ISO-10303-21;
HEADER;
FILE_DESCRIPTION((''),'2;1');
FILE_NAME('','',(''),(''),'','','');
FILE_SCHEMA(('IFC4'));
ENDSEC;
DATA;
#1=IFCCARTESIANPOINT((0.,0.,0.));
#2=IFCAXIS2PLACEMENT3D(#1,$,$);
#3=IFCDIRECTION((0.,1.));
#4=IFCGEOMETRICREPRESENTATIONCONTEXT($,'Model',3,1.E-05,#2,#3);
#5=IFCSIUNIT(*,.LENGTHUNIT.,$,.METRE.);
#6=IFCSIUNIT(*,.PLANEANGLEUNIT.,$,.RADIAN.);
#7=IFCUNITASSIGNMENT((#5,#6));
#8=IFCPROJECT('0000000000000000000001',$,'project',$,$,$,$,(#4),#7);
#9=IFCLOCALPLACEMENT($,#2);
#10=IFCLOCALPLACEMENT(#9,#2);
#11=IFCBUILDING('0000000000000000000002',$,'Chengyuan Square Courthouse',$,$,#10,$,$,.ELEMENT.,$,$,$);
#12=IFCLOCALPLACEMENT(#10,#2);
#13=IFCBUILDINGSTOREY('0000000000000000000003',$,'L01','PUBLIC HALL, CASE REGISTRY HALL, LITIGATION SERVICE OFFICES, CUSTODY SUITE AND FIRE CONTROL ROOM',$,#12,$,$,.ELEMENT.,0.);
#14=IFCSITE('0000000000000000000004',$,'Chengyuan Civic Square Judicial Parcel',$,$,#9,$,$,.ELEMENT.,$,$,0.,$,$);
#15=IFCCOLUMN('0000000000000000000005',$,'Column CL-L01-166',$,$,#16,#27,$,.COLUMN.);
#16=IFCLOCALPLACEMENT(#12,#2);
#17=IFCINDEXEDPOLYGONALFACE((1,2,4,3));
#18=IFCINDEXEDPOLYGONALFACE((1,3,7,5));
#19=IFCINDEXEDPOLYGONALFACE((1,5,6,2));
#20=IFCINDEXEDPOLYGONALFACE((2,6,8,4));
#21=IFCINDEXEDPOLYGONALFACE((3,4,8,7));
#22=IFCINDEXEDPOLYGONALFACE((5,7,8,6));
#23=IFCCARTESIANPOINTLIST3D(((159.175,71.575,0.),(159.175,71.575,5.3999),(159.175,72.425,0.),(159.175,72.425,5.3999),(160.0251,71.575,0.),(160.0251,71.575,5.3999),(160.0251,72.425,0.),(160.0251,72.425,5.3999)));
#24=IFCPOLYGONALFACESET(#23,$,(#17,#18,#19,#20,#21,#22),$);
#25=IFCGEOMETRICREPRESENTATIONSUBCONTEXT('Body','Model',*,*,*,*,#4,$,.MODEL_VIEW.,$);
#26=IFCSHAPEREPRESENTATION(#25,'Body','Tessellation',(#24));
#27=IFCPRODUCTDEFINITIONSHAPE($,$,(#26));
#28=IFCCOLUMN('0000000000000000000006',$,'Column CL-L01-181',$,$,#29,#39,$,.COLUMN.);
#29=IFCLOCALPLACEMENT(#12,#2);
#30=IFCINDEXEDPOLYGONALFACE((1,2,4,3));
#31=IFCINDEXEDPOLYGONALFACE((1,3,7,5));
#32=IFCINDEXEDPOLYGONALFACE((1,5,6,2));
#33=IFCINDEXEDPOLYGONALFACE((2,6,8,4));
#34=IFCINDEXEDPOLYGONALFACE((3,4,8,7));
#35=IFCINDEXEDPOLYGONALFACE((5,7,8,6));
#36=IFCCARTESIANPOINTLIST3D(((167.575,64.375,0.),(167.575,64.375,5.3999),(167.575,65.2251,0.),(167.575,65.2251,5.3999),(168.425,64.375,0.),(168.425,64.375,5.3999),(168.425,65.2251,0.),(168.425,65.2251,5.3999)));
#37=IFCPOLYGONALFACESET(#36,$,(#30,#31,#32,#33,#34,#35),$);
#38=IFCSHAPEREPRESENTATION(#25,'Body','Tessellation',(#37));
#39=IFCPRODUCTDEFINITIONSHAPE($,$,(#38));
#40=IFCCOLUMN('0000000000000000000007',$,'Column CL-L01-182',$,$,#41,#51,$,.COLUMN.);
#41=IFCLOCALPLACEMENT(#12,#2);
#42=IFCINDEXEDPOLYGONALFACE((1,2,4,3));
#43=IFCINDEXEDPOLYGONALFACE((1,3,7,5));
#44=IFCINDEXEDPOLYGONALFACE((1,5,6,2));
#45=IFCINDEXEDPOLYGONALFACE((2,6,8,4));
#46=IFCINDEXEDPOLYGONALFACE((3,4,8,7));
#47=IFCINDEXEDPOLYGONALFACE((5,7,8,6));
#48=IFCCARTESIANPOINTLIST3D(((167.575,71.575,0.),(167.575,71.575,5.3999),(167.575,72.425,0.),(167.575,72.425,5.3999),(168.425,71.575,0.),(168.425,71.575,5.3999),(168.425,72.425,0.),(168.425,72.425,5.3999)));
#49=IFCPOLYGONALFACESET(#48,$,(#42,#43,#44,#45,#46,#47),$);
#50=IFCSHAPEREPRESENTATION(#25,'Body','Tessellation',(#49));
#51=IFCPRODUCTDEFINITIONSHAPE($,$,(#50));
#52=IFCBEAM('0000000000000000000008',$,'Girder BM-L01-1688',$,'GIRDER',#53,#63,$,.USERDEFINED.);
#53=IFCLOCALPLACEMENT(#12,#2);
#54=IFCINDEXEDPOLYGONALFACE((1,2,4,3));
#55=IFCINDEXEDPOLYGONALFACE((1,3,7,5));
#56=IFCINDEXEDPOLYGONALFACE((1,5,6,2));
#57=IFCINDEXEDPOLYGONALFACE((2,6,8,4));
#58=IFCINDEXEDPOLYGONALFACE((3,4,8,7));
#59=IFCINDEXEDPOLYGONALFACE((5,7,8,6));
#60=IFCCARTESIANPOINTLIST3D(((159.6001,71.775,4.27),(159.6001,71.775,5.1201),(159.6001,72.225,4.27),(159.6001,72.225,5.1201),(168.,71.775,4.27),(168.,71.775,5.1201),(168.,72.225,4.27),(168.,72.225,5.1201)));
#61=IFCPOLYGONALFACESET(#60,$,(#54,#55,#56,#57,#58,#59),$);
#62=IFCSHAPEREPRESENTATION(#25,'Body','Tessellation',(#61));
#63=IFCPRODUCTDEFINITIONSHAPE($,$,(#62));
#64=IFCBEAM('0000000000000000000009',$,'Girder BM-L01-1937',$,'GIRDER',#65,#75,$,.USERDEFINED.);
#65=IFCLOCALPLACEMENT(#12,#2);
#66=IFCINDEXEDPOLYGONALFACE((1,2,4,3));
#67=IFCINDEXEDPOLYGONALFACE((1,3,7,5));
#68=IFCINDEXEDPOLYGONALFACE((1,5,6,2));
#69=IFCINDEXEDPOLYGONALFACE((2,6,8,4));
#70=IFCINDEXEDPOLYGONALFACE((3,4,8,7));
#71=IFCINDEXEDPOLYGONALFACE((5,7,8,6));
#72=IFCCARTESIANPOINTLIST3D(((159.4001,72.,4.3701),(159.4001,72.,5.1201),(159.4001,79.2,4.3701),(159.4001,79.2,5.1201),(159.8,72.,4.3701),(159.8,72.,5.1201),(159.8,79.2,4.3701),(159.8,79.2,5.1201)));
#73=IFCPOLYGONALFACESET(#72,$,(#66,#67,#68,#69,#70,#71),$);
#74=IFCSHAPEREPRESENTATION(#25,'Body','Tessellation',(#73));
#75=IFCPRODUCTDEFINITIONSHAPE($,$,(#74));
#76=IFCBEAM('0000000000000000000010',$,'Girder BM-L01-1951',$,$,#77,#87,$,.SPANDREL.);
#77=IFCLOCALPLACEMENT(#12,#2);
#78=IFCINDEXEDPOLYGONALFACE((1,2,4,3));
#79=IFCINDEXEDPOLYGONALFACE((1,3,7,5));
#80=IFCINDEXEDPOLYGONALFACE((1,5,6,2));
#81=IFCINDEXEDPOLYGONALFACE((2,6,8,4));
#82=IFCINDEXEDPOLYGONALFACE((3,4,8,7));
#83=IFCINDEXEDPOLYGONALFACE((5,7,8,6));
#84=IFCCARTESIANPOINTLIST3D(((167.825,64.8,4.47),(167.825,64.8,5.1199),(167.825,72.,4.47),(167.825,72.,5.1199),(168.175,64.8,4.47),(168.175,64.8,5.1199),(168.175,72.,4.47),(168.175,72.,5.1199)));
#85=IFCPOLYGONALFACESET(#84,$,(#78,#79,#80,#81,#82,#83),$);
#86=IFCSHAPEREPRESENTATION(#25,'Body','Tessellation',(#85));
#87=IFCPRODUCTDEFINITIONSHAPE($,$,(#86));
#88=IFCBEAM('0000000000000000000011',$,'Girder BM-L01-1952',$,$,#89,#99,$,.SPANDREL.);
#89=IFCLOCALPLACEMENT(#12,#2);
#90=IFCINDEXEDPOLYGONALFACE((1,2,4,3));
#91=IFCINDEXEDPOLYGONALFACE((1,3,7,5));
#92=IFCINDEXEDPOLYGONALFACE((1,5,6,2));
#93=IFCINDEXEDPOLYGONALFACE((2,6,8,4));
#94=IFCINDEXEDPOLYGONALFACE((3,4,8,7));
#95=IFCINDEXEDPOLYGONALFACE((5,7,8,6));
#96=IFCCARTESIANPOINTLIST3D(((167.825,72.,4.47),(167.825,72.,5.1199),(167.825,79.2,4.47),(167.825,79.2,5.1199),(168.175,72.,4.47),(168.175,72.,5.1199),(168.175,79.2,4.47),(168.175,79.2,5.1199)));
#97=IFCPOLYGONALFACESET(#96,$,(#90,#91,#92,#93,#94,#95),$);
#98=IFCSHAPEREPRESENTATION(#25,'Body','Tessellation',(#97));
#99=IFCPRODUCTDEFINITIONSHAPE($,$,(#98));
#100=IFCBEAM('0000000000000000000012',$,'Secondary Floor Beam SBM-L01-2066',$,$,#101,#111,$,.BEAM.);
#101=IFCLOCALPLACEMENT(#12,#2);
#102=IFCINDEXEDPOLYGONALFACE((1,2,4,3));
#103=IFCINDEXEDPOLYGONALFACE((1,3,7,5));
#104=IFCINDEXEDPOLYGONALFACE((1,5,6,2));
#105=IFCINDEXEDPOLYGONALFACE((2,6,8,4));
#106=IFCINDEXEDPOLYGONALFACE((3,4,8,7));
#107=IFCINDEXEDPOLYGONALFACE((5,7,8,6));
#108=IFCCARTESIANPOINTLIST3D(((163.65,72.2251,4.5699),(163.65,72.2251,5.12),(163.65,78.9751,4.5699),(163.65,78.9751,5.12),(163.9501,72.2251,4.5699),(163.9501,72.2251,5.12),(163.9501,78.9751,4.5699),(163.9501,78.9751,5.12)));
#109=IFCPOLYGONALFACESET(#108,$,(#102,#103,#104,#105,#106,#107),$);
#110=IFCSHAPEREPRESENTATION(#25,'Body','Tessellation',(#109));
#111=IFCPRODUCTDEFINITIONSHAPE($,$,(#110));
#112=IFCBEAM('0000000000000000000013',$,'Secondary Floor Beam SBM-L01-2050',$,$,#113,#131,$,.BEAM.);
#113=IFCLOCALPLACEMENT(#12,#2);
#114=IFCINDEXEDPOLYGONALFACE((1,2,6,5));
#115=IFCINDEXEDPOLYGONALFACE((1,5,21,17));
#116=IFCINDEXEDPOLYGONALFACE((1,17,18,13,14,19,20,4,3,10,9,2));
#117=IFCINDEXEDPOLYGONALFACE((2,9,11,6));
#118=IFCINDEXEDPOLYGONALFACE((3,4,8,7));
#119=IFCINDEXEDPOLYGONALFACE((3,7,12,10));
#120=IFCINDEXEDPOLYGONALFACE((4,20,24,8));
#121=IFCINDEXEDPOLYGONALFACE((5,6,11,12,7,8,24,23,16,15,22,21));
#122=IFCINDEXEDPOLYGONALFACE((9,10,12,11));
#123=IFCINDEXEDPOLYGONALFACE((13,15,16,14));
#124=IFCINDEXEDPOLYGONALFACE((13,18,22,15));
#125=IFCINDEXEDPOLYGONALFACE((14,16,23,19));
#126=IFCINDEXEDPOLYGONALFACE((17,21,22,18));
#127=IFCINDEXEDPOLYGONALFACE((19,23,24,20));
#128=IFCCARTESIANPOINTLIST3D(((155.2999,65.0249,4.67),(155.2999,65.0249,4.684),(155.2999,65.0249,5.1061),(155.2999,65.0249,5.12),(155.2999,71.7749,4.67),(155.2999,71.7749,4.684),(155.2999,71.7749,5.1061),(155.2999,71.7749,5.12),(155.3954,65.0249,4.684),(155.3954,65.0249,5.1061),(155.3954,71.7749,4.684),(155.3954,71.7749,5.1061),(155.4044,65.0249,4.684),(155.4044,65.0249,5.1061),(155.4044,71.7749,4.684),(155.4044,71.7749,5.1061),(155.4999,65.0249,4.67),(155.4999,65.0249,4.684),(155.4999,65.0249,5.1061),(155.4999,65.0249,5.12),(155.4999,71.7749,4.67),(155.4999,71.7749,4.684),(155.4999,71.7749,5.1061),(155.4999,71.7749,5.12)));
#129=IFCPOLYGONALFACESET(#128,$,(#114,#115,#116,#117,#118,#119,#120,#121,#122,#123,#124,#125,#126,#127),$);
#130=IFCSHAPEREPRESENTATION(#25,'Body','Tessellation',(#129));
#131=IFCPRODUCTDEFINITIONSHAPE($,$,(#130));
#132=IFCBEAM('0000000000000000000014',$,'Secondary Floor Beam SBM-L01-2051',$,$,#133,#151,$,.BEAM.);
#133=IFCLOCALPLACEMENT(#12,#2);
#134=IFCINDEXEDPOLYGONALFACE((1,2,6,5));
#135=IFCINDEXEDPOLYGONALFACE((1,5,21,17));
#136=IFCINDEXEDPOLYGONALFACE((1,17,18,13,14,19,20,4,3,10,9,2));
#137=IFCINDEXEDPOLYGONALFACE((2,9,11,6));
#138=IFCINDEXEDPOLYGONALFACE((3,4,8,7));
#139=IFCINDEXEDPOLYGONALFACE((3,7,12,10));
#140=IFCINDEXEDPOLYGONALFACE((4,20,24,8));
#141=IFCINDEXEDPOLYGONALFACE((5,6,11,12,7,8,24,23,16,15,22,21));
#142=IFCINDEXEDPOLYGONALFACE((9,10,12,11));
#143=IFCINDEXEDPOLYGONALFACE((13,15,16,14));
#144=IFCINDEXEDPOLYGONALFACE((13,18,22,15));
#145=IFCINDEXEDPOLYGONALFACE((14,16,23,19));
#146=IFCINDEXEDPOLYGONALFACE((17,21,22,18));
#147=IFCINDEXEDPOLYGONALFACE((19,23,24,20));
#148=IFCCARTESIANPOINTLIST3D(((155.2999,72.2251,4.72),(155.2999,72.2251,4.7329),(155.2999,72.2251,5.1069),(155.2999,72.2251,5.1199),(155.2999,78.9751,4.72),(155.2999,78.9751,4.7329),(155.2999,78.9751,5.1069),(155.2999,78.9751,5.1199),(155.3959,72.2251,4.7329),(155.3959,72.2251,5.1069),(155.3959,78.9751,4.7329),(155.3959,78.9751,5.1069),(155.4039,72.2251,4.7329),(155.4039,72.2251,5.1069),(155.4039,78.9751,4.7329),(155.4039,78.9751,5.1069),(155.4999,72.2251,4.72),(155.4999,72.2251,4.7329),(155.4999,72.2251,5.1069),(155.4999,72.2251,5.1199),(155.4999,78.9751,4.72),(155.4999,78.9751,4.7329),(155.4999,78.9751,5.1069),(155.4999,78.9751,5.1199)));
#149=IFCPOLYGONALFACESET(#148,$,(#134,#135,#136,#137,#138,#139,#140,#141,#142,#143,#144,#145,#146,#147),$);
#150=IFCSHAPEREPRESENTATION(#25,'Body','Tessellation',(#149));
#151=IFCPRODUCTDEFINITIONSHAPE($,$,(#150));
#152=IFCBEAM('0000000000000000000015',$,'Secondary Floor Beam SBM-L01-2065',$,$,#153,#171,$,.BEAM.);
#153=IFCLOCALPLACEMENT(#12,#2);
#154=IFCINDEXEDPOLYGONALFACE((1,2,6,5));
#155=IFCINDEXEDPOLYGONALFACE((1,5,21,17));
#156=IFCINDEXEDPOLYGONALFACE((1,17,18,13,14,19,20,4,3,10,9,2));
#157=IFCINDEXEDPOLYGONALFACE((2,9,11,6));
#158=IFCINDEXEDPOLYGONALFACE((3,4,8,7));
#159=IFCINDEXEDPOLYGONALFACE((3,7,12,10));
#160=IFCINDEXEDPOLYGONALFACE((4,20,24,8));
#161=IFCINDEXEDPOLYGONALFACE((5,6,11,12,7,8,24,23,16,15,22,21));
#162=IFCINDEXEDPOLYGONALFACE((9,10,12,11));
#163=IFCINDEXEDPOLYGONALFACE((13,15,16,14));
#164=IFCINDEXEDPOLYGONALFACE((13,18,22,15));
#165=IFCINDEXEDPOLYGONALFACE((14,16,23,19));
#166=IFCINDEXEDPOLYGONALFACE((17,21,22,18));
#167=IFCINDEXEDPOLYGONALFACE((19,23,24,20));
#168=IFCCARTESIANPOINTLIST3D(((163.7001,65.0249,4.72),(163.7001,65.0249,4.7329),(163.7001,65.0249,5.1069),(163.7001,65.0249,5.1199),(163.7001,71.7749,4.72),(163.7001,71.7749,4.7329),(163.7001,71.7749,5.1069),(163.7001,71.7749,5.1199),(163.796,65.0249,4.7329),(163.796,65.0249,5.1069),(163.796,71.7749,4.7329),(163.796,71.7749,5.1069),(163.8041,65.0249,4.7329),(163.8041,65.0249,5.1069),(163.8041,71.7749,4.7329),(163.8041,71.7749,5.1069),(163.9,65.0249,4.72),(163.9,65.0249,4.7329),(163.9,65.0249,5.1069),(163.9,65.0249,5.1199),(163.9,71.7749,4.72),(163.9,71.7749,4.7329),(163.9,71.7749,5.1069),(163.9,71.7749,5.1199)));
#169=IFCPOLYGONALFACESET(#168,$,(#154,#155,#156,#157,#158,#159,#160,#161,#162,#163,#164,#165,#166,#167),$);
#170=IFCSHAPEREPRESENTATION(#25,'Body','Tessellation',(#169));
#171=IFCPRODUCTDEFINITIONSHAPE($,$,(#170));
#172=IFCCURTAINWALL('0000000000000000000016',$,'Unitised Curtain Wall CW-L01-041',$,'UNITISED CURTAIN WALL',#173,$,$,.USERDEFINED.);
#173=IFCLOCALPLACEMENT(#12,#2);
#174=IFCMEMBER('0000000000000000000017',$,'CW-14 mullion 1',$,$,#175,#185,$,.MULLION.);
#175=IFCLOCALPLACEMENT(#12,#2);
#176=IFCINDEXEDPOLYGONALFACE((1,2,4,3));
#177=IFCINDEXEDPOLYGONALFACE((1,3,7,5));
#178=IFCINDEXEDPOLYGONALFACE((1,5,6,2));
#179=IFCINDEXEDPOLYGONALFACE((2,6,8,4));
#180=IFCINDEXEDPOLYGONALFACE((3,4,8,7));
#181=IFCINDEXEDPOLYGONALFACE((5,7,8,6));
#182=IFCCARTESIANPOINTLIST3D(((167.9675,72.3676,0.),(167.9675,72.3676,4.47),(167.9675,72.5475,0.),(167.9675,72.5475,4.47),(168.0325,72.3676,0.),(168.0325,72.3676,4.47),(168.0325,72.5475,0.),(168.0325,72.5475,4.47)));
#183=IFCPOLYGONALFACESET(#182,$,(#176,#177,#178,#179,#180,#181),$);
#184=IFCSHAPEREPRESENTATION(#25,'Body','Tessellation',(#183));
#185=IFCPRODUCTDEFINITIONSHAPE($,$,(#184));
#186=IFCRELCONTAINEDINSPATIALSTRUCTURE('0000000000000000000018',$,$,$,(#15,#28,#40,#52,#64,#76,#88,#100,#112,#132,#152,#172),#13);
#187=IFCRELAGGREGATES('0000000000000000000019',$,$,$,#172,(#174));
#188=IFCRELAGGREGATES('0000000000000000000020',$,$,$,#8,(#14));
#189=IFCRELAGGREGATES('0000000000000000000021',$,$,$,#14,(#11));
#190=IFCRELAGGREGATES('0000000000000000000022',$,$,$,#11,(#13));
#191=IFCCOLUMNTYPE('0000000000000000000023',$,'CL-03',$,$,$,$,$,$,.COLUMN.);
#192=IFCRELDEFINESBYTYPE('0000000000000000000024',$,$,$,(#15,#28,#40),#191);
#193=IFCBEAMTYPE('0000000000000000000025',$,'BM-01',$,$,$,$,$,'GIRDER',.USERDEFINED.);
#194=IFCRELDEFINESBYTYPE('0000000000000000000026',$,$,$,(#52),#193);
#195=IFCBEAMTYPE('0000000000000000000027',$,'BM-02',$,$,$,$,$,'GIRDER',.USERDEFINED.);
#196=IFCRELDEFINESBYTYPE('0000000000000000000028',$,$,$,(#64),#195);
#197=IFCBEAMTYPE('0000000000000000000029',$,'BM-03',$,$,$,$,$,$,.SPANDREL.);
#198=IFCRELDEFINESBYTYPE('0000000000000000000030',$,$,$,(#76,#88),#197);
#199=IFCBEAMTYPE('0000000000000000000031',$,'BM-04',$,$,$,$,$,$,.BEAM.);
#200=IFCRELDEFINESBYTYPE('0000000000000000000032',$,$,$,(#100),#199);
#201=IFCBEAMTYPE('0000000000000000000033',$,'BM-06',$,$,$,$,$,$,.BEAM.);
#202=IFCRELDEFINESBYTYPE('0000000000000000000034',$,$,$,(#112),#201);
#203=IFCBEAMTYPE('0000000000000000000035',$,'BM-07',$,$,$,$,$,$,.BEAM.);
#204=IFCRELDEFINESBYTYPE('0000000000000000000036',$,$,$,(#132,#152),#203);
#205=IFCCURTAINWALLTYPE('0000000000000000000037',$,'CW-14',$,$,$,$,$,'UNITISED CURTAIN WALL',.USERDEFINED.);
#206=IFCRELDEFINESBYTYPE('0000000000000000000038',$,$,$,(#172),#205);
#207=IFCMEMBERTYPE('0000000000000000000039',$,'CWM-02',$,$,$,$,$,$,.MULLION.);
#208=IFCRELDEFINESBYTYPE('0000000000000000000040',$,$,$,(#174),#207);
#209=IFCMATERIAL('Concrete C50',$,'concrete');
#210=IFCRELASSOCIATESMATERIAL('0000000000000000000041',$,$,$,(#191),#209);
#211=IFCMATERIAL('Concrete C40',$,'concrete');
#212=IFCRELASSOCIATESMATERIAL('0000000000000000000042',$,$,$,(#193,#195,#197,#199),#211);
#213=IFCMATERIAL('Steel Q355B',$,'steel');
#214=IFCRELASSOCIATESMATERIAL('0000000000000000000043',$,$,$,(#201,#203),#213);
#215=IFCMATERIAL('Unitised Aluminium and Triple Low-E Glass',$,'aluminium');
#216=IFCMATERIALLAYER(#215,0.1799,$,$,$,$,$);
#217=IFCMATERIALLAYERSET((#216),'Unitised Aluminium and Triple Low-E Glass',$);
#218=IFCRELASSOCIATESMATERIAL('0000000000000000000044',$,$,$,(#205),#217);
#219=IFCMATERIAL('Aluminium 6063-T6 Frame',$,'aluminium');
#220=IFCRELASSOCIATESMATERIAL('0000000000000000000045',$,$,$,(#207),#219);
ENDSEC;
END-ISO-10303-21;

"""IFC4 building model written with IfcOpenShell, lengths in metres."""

from ifc_helpers import new_model, si_unit, direction, frame, origin, origin_2d, place, context, subcontext, project, spatial, rectangle, i_section, extrude, material, layer, layer_set, material_profile, profile_set, type_object, element, aggregate, save


model = new_model("IFC4")

# Units and contexts
model_context = context("Model", 3, precision=1e-05, world=origin(), true_north=direction((0.0, 1.0)))
body_context = subcontext(model_context, "Body", "Model", "MODEL_VIEW")
ifc_project = project(units=[si_unit("LENGTHUNIT", "METRE"), si_unit("PLANEANGLEUNIT", "RADIAN")], contexts=[model_context])

# Site, building, storey
site_placement = place(None, origin())
site = spatial("IfcSite", under=ifc_project, at=site_placement, Name="Chengyuan Civic Square Judicial Parcel", CompositionType="ELEMENT", RefElevation=0.0)
building_placement = place(site_placement, origin())
building = spatial("IfcBuilding", under=site, at=building_placement, Name="Chengyuan Square Courthouse", CompositionType="ELEMENT")
storey_placement = place(building_placement, origin())
storey = spatial("IfcBuildingStorey", under=building, at=storey_placement, Name="L01", Description="PUBLIC HALL, CASE REGISTRY HALL, LITIGATION SERVICE OFFICES, CUSTODY SUITE AND FIRE CONTROL ROOM", CompositionType="ELEMENT", Elevation=0.0)

# Columns
ifc_material_1 = material(Name="Concrete C50", Category="concrete")
ifc_material_profile_1 = material_profile(ifc_material_1, rectangle(XDim=0.8501, YDim=0.8501, at=origin_2d()), Name="RC-COL-850x850")
ifc_profile_set_1 = profile_set([ifc_material_profile_1], Name="Concrete C50")
column_type = type_object("IfcColumnType", Name="CL-03", PredefinedType="COLUMN", material=ifc_profile_set_1)
for number, where, z_axis, x_axis, name in (
    (1, (159.6001, 72.0, 0.0), (0.0, 0.0, 1.0), (1.0, 0.0, 0.0), "Column CL-L01-166"),
    (2, (168.0, 64.8, 0.0), (0.0, 0.0, 1.0), (1.0, 0.0, 0.0), "Column CL-L01-181"),
    (3, (168.0, 72.0, 0.0), (0.0, 0.0, 1.0), (1.0, 0.0, 0.0), "Column CL-L01-182"),
):
    element("IfcColumn", number, at=place(storey_placement, frame(where, z_axis=z_axis, x_axis=x_axis)), inside=storey, type_object=column_type, Name=name, PredefinedType="COLUMN", context=body_context, shape_type="SweptSolid", body=[
        extrude(rectangle(XDim=0.8501, YDim=0.8501, at=origin_2d()), origin(), (0.0, 0.0, 1.0), 5.3999),
    ])

# Beams
ifc_material_2 = material(Name="Concrete C40", Category="concrete")
ifc_material_profile_2 = material_profile(ifc_material_2, rectangle(XDim=0.45, YDim=0.8501, at=origin_2d()), Name="RC-BM-450x850")
ifc_profile_set_2 = profile_set([ifc_material_profile_2], Name="Concrete C40")
beam_type_1 = type_object("IfcBeamType", Name="BM-01", ElementType="GIRDER", PredefinedType="USERDEFINED", material=ifc_profile_set_2)
beam_1_placement = place(storey_placement, frame((159.6001, 72.0, 4.6951), z_axis=(1.0, 0.0, 0.0), x_axis=(0.0, 1.0, 0.0)))
element("IfcBeam", 4, at=beam_1_placement, inside=storey, type_object=beam_type_1, Name="Girder BM-L01-1688", ObjectType="GIRDER", PredefinedType="USERDEFINED", context=body_context, shape_type="SweptSolid", body=[
    extrude(rectangle(XDim=0.45, YDim=0.8501, at=origin_2d()), origin(), (0.0, 0.0, 1.0), 8.3999),
])
ifc_material_profile_3 = material_profile(ifc_material_2, rectangle(XDim=0.3999, YDim=0.75, at=origin_2d()), Name="RC-BM-400x750")
ifc_profile_set_3 = profile_set([ifc_material_profile_3], Name="Concrete C40")
beam_type_2 = type_object("IfcBeamType", Name="BM-02", ElementType="GIRDER", PredefinedType="USERDEFINED", material=ifc_profile_set_3)
beam_2_placement = place(storey_placement, frame((159.6001, 72.0, 4.7451), z_axis=(0.0, 1.0, 0.0), x_axis=(-1.0, 0.0, 0.0)))
element("IfcBeam", 5, at=beam_2_placement, inside=storey, type_object=beam_type_2, Name="Girder BM-L01-1937", ObjectType="GIRDER", PredefinedType="USERDEFINED", context=body_context, shape_type="SweptSolid", body=[
    extrude(rectangle(XDim=0.3999, YDim=0.75, at=origin_2d()), origin(), (0.0, 0.0, 1.0), 7.2),
])
ifc_material_profile_4 = material_profile(ifc_material_2, rectangle(XDim=0.3501, YDim=0.6499, at=origin_2d()), Name="RC-BM-350x650")
ifc_profile_set_4 = profile_set([ifc_material_profile_4], Name="Concrete C40")
beam_type_3 = type_object("IfcBeamType", Name="BM-03", PredefinedType="SPANDREL", material=ifc_profile_set_4)
for number, where, z_axis, x_axis, name in (
    (6, (168.0, 64.8, 4.7949), (0.0, 1.0, 0.0), (-1.0, 0.0, 0.0), "Girder BM-L01-1951"),
    (7, (168.0, 72.0, 4.7949), (0.0, 1.0, 0.0), (-1.0, 0.0, 0.0), "Girder BM-L01-1952"),
):
    element("IfcBeam", number, at=place(storey_placement, frame(where, z_axis=z_axis, x_axis=x_axis)), inside=storey, type_object=beam_type_3, Name=name, PredefinedType="SPANDREL", context=body_context, shape_type="SweptSolid", body=[
        extrude(rectangle(XDim=0.3501, YDim=0.6499, at=origin_2d()), origin(), (0.0, 0.0, 1.0), 7.2),
    ])
ifc_material_profile_5 = material_profile(ifc_material_2, rectangle(XDim=0.3, YDim=0.55, at=origin_2d()), Name="RC-BM-300x550")
ifc_profile_set_5 = profile_set([ifc_material_profile_5], Name="Concrete C40")
beam_type_4 = type_object("IfcBeamType", Name="BM-04", PredefinedType="BEAM", material=ifc_profile_set_5)
beam_3_placement = place(storey_placement, frame((163.8, 72.2251, 4.845), z_axis=(0.0, 1.0, 0.0), x_axis=(-1.0, 0.0, 0.0)))
element("IfcBeam", 8, at=beam_3_placement, inside=storey, type_object=beam_type_4, Name="Secondary Floor Beam SBM-L01-2066", PredefinedType="BEAM", context=body_context, shape_type="SweptSolid", body=[
    extrude(rectangle(XDim=0.3, YDim=0.55, at=origin_2d()), origin(), (0.0, 0.0, 1.0), 6.75),
])
ifc_material_3 = material(Name="Steel Q355B", Category="steel")
ifc_material_profile_6 = material_profile(ifc_material_3, i_section(OverallWidth=0.2, OverallDepth=0.45, WebThickness=0.009, FlangeThickness=0.0139, at=origin_2d()), Name="HN 450x200x9x14")
ifc_profile_set_6 = profile_set([ifc_material_profile_6], Name="Steel Q355B")
beam_type_5 = type_object("IfcBeamType", Name="BM-06", PredefinedType="BEAM", material=ifc_profile_set_6)
beam_4_placement = place(storey_placement, frame((155.3999, 65.0249, 4.895), z_axis=(0.0, 1.0, 0.0), x_axis=(-1.0, 0.0, 0.0)))
element("IfcBeam", 9, at=beam_4_placement, inside=storey, type_object=beam_type_5, Name="Secondary Floor Beam SBM-L01-2050", PredefinedType="BEAM", context=body_context, shape_type="SweptSolid", body=[
    extrude(i_section(OverallWidth=0.2, OverallDepth=0.45, WebThickness=0.009, FlangeThickness=0.0139, at=origin_2d()), origin(), (0.0, 0.0, 1.0), 6.75),
])
ifc_material_profile_7 = material_profile(ifc_material_3, i_section(OverallWidth=0.2, OverallDepth=0.3999, WebThickness=0.0081, FlangeThickness=0.0129, at=origin_2d()), Name="HN 400x200x8x13")
ifc_profile_set_7 = profile_set([ifc_material_profile_7], Name="Steel Q355B")
beam_type_6 = type_object("IfcBeamType", Name="BM-07", PredefinedType="BEAM", material=ifc_profile_set_7)
for number, where, z_axis, x_axis, name in (
    (10, (155.3999, 72.2251, 4.9199), (0.0, 1.0, 0.0), (-1.0, 0.0, 0.0), "Secondary Floor Beam SBM-L01-2051"),
    (11, (163.8, 65.0249, 4.9199), (0.0, 1.0, 0.0), (-1.0, 0.0, 0.0), "Secondary Floor Beam SBM-L01-2065"),
):
    element("IfcBeam", number, at=place(storey_placement, frame(where, z_axis=z_axis, x_axis=x_axis)), inside=storey, type_object=beam_type_6, Name=name, PredefinedType="BEAM", context=body_context, shape_type="SweptSolid", body=[
        extrude(i_section(OverallWidth=0.2, OverallDepth=0.3999, WebThickness=0.0081, FlangeThickness=0.0129, at=origin_2d()), origin(), (0.0, 0.0, 1.0), 6.75),
    ])

# Curtain wall, member
ifc_material_4 = material(Name="Unitised Aluminium and Triple Low-E Glass", Category="aluminium")
ifc_layer_1 = layer(ifc_material_4, 0.1799)
ifc_layer_set_1 = layer_set([ifc_layer_1], Name="Unitised Aluminium and Triple Low-E Glass")
curtain_wall_type = type_object("IfcCurtainWallType", Name="CW-14", ElementType="UNITISED CURTAIN WALL", PredefinedType="USERDEFINED", material=ifc_layer_set_1)
curtain_wall_placement = place(storey_placement, origin())
curtain_wall = element("IfcCurtainWall", 12, at=curtain_wall_placement, inside=storey, type_object=curtain_wall_type, Name="Unitised Curtain Wall CW-L01-041", ObjectType="UNITISED CURTAIN WALL", PredefinedType="USERDEFINED")
ifc_material_5 = material(Name="Aluminium 6063-T6 Frame", Category="aluminium")
ifc_material_profile_8 = material_profile(ifc_material_5, rectangle(XDim=0.0649, YDim=0.1799, at=origin_2d()), Name="CW-MUL-65x180")
ifc_profile_set_8 = profile_set([ifc_material_profile_8], Name="Aluminium 6063-T6 Frame")
member_type_1 = type_object("IfcMemberType", Name="CWM-02", PredefinedType="MULLION", material=ifc_profile_set_8)
member_1_placement = place(storey_placement, frame((168.0, 72.4575, 0.0), z_axis=(0.0, 0.0, 1.0), x_axis=(-1.0, 0.0, 0.0)))
member_1 = element("IfcMember", 13, at=member_1_placement, type_object=member_type_1, Name="CW-14 mullion 1", PredefinedType="MULLION", context=body_context, shape_type="SweptSolid", body=[
    extrude(rectangle(XDim=0.0649, YDim=0.1799, at=origin_2d()), origin(), (0.0, 0.0, 1.0), 4.47),
])
aggregate(curtain_wall, [member_1])

save(model, "model.ifc")
